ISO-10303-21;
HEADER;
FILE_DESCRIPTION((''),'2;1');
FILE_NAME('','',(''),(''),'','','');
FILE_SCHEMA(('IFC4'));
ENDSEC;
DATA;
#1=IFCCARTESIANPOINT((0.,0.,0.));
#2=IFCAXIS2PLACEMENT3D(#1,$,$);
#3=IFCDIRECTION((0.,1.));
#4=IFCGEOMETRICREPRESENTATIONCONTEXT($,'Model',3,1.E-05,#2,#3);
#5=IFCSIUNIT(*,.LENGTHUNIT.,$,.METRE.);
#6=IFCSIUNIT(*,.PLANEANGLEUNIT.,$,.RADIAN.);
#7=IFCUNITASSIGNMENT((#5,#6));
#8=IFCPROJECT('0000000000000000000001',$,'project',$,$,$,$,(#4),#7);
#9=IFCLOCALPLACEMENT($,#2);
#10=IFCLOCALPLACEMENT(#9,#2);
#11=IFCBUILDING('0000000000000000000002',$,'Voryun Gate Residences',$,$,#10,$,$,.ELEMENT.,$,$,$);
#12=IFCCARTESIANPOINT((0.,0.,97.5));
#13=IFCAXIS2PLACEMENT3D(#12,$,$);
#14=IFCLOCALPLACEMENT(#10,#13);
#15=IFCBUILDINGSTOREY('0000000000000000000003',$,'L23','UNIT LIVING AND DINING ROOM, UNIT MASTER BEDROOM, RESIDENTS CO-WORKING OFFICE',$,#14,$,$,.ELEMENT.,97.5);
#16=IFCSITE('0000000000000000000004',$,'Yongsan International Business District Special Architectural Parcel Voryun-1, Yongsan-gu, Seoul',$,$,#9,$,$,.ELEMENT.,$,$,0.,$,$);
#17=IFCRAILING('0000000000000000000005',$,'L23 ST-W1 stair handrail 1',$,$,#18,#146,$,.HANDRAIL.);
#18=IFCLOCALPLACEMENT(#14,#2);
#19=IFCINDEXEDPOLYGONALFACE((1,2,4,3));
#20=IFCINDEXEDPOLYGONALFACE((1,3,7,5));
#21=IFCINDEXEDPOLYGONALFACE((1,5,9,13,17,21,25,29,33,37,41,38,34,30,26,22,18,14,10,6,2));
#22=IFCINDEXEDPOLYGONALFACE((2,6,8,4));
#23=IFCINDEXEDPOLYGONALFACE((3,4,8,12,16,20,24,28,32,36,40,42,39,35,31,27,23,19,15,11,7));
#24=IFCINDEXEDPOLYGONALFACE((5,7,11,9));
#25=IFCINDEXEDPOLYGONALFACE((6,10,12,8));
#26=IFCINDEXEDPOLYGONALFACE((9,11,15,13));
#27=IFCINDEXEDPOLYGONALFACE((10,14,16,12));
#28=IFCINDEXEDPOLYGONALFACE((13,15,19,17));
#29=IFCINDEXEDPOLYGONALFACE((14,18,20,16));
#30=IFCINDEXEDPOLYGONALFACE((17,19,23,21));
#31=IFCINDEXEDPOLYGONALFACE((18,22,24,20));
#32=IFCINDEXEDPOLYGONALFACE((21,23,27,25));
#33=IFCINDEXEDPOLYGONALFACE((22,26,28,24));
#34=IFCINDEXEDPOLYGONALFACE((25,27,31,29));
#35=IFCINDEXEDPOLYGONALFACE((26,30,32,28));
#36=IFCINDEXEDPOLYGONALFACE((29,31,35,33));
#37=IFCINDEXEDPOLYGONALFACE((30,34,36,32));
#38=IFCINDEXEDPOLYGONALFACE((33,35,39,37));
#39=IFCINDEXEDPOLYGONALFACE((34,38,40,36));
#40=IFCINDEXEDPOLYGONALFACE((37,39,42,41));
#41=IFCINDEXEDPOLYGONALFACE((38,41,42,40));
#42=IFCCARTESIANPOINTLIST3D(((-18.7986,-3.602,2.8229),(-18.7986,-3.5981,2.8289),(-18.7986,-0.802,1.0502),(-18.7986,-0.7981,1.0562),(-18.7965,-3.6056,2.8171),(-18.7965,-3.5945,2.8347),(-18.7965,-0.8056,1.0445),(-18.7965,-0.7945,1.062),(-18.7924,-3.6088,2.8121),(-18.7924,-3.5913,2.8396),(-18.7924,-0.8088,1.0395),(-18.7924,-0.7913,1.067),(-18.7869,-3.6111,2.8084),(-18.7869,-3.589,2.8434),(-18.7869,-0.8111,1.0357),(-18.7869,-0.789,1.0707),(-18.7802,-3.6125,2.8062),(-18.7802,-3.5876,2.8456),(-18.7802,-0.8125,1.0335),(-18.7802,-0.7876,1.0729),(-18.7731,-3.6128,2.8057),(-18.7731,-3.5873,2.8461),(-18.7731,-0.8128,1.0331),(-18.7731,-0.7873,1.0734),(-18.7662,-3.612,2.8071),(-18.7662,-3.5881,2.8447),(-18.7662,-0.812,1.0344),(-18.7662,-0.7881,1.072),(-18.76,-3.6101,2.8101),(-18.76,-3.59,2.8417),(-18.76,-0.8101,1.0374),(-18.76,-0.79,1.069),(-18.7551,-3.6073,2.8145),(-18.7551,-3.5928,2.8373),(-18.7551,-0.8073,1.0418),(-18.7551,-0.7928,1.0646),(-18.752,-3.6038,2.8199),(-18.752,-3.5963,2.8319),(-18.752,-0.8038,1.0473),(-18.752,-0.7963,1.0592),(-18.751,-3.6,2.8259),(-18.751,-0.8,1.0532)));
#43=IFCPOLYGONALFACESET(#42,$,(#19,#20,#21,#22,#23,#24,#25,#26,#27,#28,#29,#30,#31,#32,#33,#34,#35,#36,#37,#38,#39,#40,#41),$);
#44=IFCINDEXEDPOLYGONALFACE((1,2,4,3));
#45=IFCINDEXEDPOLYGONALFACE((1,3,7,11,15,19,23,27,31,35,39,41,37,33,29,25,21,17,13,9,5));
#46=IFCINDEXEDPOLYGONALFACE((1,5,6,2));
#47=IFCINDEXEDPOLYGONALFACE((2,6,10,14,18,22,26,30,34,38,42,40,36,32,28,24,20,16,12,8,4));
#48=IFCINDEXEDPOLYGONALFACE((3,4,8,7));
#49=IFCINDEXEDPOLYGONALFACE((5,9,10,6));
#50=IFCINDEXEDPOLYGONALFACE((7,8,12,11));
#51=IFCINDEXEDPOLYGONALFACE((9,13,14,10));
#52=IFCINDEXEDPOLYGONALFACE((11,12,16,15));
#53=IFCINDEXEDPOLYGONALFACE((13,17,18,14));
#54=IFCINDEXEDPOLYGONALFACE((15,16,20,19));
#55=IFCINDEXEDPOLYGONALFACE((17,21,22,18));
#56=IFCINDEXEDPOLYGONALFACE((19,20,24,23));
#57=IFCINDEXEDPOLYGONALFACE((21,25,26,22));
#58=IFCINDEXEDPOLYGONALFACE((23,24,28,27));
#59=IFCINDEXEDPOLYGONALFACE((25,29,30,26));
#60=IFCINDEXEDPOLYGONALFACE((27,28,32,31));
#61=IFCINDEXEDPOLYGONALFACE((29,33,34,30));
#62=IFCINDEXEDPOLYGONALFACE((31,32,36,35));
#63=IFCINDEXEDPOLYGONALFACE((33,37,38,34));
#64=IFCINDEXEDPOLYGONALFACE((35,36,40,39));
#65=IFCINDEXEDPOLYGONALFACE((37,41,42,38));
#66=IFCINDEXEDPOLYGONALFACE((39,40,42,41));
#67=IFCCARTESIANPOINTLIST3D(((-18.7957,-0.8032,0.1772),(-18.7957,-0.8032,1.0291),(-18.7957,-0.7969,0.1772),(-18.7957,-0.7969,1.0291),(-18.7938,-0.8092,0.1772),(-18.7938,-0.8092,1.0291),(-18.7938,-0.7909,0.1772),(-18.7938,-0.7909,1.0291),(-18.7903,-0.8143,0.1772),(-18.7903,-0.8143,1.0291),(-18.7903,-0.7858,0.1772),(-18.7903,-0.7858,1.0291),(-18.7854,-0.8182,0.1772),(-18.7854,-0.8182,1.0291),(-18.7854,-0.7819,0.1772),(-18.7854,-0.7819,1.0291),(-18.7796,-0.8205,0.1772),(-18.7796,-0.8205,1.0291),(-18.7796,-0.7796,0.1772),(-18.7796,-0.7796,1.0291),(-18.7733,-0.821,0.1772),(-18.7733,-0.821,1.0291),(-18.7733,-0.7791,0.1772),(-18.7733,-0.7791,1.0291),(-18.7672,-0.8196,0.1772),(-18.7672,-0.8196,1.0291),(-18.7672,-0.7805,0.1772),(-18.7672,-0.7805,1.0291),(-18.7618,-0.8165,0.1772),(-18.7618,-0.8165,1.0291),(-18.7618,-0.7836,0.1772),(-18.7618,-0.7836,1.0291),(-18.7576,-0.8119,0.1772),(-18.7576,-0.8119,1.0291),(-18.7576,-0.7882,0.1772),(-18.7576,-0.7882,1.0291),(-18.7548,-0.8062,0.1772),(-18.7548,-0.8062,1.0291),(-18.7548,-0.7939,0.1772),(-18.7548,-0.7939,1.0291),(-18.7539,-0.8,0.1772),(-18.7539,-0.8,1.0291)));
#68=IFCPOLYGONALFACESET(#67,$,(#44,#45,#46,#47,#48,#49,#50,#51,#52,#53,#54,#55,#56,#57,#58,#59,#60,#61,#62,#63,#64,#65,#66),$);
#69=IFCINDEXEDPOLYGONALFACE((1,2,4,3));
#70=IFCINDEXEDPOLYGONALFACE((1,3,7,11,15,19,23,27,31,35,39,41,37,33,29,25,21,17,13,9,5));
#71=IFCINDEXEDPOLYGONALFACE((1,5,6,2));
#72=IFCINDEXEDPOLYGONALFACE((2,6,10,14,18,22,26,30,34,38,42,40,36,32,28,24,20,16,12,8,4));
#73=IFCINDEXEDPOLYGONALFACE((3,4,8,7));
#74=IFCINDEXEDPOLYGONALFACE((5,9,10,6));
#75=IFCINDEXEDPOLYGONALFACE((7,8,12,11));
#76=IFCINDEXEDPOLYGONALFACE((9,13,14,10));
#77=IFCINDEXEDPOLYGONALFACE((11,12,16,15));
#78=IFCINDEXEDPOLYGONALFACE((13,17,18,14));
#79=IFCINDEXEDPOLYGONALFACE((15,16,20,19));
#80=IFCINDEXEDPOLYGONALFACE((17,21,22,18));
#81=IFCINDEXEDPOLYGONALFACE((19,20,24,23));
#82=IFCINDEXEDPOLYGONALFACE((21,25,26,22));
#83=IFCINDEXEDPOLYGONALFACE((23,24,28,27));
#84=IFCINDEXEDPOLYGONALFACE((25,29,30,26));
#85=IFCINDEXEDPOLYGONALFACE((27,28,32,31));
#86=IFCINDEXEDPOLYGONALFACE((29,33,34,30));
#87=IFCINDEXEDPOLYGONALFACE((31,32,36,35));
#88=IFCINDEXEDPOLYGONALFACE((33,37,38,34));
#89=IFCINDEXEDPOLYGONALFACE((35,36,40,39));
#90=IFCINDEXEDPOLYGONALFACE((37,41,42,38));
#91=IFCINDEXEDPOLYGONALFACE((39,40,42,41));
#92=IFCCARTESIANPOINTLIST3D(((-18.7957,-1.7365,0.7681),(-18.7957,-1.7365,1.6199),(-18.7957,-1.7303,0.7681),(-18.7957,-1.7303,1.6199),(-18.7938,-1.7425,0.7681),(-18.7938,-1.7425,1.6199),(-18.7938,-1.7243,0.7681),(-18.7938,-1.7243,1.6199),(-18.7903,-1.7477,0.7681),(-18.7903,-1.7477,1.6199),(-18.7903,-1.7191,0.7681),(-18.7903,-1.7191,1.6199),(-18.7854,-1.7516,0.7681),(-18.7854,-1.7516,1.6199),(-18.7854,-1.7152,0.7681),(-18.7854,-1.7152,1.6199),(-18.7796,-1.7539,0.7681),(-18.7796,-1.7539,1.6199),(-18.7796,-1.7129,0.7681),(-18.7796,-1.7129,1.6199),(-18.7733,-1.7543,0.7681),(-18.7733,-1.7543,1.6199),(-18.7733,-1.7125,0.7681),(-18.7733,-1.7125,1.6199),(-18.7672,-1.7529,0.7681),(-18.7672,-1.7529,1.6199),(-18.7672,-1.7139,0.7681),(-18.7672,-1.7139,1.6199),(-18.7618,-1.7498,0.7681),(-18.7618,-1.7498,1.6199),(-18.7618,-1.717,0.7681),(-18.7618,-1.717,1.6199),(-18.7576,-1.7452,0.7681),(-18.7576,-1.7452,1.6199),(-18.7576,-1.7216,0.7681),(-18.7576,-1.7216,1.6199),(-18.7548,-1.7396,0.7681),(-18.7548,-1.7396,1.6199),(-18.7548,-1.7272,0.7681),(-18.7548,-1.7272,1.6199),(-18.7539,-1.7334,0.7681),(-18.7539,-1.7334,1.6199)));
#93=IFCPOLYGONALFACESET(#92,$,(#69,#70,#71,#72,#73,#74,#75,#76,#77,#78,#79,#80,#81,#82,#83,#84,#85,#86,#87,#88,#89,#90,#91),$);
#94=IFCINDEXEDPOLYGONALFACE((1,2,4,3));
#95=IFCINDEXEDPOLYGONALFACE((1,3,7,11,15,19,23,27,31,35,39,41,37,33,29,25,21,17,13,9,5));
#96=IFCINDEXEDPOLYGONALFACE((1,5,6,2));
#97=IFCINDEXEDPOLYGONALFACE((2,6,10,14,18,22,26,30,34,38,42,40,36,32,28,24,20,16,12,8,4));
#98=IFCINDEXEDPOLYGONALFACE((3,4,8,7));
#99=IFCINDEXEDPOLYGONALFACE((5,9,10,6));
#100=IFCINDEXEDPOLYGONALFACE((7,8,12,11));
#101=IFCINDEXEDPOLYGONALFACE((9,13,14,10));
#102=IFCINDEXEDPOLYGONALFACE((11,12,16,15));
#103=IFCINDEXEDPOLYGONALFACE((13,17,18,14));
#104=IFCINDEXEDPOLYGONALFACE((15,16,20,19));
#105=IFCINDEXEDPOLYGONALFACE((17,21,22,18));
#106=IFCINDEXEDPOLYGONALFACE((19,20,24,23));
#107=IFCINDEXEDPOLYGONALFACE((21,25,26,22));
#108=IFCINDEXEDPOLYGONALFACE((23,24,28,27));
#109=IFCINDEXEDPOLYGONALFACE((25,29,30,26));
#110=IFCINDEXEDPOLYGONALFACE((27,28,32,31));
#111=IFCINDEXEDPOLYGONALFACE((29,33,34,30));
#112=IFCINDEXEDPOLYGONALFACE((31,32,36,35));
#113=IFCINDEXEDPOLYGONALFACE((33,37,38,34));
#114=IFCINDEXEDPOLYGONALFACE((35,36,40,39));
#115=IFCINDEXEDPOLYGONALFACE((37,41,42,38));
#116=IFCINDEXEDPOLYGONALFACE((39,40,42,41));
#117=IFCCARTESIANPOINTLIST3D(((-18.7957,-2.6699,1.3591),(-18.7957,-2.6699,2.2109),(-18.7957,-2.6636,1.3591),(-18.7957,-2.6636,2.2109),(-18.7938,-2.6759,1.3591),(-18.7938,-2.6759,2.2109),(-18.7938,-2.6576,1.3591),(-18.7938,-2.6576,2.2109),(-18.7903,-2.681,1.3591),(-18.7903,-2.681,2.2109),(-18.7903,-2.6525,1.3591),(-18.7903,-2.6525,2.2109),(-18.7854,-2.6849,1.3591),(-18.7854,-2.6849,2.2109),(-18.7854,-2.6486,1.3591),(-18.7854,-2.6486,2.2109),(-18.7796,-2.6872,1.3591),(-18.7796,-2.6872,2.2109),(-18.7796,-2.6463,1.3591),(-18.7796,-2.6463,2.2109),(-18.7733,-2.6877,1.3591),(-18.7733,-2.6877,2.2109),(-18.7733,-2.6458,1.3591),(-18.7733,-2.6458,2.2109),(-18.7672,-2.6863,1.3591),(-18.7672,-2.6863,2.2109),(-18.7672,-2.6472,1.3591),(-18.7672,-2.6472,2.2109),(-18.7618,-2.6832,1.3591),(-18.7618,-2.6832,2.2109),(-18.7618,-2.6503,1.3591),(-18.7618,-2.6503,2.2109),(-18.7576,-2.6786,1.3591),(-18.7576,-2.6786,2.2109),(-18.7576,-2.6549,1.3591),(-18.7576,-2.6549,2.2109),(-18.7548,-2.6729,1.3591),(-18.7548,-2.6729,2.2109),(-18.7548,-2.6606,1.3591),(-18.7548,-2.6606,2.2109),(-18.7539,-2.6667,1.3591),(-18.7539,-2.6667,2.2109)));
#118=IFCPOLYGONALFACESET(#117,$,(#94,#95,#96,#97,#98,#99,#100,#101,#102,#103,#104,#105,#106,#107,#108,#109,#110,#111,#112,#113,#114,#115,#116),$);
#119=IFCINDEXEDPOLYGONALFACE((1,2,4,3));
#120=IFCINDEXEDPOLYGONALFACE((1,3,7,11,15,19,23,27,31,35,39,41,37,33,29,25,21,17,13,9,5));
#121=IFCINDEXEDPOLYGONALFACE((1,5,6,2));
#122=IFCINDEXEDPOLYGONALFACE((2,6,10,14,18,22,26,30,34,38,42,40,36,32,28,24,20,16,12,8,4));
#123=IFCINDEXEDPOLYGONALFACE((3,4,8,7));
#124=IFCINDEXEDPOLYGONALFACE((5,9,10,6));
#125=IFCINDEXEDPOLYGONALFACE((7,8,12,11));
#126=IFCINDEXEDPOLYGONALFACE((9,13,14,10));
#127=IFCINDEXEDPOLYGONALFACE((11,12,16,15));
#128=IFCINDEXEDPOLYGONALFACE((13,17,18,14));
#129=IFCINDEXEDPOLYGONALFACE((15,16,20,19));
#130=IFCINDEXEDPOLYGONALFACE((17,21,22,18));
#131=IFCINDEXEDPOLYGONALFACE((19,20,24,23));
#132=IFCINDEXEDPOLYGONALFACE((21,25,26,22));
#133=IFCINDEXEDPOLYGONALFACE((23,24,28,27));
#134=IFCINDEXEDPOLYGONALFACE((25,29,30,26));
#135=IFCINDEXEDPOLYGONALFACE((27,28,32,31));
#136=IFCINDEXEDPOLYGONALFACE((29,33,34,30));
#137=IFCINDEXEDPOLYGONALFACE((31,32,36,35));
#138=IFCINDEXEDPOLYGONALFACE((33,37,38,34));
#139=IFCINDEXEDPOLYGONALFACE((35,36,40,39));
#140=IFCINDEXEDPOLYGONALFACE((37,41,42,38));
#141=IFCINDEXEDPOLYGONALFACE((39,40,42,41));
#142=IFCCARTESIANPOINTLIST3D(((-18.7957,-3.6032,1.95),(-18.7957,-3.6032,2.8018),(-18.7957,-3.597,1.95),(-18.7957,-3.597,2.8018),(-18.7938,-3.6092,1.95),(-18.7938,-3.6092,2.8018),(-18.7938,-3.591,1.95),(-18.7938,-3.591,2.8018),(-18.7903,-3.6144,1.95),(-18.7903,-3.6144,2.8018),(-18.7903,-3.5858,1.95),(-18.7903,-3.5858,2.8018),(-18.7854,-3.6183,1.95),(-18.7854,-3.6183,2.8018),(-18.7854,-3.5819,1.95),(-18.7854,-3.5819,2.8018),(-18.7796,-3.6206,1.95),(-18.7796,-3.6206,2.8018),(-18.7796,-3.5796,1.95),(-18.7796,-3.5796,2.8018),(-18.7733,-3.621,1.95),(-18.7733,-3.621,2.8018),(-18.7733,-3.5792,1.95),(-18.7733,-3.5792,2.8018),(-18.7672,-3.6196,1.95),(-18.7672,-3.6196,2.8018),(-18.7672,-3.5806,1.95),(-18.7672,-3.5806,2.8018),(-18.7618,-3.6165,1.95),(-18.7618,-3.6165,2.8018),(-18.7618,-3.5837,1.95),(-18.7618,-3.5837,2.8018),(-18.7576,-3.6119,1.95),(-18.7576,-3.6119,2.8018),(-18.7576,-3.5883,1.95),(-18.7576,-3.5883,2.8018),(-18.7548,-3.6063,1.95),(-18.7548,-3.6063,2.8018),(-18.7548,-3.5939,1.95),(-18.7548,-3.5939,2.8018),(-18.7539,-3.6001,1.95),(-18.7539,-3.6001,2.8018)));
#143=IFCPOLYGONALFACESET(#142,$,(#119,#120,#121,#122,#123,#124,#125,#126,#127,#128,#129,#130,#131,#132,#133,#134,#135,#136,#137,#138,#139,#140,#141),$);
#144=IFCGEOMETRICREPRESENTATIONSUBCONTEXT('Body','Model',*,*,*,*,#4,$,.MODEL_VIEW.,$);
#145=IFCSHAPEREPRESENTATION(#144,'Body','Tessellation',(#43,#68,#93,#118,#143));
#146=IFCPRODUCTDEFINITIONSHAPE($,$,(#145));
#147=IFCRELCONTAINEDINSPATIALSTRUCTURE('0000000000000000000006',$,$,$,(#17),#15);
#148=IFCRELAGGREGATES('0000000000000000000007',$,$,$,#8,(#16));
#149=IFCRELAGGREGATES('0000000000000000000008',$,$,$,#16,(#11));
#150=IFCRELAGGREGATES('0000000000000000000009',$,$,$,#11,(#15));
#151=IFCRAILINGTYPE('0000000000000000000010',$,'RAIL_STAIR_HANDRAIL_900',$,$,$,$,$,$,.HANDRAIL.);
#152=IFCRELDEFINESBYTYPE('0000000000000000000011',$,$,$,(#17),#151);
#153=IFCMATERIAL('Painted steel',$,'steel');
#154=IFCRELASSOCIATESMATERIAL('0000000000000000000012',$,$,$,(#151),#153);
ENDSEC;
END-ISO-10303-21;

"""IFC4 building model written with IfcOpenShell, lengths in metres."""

from ifc_helpers import new_model, si_unit, direction, frame, origin, origin_2d, place, context, subcontext, project, spatial, circle, extrude, material, type_object, element, save


model = new_model("IFC4")

# Units and contexts
model_context = context("Model", 3, precision=1e-05, world=origin(), true_north=direction((0.0, 1.0)))
body_context = subcontext(model_context, "Body", "Model", "MODEL_VIEW")
ifc_project = project(units=[si_unit("LENGTHUNIT", "METRE"), si_unit("PLANEANGLEUNIT", "RADIAN")], contexts=[model_context])

# Site, building, storey
site_placement = place(None, origin())
site = spatial("IfcSite", under=ifc_project, at=site_placement, Name="Yongsan International Business District Special Architectural Parcel Voryun-1, Yongsan-gu, Seoul", CompositionType="ELEMENT", RefElevation=0.0)
building_placement = place(site_placement, origin())
building = spatial("IfcBuilding", under=site, at=building_placement, Name="Voryun Gate Residences", CompositionType="ELEMENT")
storey_placement = place(building_placement, frame((0.0, 0.0, 97.5)))
storey = spatial("IfcBuildingStorey", under=building, at=storey_placement, Name="L23", Description="UNIT LIVING AND DINING ROOM, UNIT MASTER BEDROOM, RESIDENTS CO-WORKING OFFICE", CompositionType="ELEMENT", Elevation=97.5)

# Railing
ifc_material_1 = material(Name="Painted steel", Category="steel")
railing_type_1 = type_object("IfcRailingType", Name="RAIL_STAIR_HANDRAIL_900", PredefinedType="HANDRAIL", material=ifc_material_1)
railing_1_placement = place(storey_placement, frame((-18.7749, -0.8, 0.1772)))
element("IfcRailing", 1, at=railing_1_placement, inside=storey, type_object=railing_type_1, Name="L23 ST-W1 stair handrail 1", PredefinedType="HANDRAIL", context=body_context, shape_type="SweptSolid", body=[
    extrude(circle(Radius=0.0239, at=origin_2d()), frame((0.0, 0.0, 0.876), z_axis=(0.0, -0.844909, 0.53491), x_axis=(1.0, 0.0, 0.0)), (0.0, 0.0, 1.0), 3.314),
    extrude(circle(Radius=0.021, at=origin_2d()), origin(), (0.0, 0.0, 1.0), 0.8518),
    extrude(circle(Radius=0.021, at=origin_2d()), frame((0.0, -0.9333, 0.5908)), (0.0, 0.0, 1.0), 0.8518),
    extrude(circle(Radius=0.021, at=origin_2d()), frame((0.0, -1.8667, 1.1819)), (0.0, 0.0, 1.0), 0.8518),
    extrude(circle(Radius=0.021, at=origin_2d()), frame((0.0, -2.8, 1.7727)), (0.0, 0.0, 1.0), 0.8518),
])

save(model, "model.ifc")
